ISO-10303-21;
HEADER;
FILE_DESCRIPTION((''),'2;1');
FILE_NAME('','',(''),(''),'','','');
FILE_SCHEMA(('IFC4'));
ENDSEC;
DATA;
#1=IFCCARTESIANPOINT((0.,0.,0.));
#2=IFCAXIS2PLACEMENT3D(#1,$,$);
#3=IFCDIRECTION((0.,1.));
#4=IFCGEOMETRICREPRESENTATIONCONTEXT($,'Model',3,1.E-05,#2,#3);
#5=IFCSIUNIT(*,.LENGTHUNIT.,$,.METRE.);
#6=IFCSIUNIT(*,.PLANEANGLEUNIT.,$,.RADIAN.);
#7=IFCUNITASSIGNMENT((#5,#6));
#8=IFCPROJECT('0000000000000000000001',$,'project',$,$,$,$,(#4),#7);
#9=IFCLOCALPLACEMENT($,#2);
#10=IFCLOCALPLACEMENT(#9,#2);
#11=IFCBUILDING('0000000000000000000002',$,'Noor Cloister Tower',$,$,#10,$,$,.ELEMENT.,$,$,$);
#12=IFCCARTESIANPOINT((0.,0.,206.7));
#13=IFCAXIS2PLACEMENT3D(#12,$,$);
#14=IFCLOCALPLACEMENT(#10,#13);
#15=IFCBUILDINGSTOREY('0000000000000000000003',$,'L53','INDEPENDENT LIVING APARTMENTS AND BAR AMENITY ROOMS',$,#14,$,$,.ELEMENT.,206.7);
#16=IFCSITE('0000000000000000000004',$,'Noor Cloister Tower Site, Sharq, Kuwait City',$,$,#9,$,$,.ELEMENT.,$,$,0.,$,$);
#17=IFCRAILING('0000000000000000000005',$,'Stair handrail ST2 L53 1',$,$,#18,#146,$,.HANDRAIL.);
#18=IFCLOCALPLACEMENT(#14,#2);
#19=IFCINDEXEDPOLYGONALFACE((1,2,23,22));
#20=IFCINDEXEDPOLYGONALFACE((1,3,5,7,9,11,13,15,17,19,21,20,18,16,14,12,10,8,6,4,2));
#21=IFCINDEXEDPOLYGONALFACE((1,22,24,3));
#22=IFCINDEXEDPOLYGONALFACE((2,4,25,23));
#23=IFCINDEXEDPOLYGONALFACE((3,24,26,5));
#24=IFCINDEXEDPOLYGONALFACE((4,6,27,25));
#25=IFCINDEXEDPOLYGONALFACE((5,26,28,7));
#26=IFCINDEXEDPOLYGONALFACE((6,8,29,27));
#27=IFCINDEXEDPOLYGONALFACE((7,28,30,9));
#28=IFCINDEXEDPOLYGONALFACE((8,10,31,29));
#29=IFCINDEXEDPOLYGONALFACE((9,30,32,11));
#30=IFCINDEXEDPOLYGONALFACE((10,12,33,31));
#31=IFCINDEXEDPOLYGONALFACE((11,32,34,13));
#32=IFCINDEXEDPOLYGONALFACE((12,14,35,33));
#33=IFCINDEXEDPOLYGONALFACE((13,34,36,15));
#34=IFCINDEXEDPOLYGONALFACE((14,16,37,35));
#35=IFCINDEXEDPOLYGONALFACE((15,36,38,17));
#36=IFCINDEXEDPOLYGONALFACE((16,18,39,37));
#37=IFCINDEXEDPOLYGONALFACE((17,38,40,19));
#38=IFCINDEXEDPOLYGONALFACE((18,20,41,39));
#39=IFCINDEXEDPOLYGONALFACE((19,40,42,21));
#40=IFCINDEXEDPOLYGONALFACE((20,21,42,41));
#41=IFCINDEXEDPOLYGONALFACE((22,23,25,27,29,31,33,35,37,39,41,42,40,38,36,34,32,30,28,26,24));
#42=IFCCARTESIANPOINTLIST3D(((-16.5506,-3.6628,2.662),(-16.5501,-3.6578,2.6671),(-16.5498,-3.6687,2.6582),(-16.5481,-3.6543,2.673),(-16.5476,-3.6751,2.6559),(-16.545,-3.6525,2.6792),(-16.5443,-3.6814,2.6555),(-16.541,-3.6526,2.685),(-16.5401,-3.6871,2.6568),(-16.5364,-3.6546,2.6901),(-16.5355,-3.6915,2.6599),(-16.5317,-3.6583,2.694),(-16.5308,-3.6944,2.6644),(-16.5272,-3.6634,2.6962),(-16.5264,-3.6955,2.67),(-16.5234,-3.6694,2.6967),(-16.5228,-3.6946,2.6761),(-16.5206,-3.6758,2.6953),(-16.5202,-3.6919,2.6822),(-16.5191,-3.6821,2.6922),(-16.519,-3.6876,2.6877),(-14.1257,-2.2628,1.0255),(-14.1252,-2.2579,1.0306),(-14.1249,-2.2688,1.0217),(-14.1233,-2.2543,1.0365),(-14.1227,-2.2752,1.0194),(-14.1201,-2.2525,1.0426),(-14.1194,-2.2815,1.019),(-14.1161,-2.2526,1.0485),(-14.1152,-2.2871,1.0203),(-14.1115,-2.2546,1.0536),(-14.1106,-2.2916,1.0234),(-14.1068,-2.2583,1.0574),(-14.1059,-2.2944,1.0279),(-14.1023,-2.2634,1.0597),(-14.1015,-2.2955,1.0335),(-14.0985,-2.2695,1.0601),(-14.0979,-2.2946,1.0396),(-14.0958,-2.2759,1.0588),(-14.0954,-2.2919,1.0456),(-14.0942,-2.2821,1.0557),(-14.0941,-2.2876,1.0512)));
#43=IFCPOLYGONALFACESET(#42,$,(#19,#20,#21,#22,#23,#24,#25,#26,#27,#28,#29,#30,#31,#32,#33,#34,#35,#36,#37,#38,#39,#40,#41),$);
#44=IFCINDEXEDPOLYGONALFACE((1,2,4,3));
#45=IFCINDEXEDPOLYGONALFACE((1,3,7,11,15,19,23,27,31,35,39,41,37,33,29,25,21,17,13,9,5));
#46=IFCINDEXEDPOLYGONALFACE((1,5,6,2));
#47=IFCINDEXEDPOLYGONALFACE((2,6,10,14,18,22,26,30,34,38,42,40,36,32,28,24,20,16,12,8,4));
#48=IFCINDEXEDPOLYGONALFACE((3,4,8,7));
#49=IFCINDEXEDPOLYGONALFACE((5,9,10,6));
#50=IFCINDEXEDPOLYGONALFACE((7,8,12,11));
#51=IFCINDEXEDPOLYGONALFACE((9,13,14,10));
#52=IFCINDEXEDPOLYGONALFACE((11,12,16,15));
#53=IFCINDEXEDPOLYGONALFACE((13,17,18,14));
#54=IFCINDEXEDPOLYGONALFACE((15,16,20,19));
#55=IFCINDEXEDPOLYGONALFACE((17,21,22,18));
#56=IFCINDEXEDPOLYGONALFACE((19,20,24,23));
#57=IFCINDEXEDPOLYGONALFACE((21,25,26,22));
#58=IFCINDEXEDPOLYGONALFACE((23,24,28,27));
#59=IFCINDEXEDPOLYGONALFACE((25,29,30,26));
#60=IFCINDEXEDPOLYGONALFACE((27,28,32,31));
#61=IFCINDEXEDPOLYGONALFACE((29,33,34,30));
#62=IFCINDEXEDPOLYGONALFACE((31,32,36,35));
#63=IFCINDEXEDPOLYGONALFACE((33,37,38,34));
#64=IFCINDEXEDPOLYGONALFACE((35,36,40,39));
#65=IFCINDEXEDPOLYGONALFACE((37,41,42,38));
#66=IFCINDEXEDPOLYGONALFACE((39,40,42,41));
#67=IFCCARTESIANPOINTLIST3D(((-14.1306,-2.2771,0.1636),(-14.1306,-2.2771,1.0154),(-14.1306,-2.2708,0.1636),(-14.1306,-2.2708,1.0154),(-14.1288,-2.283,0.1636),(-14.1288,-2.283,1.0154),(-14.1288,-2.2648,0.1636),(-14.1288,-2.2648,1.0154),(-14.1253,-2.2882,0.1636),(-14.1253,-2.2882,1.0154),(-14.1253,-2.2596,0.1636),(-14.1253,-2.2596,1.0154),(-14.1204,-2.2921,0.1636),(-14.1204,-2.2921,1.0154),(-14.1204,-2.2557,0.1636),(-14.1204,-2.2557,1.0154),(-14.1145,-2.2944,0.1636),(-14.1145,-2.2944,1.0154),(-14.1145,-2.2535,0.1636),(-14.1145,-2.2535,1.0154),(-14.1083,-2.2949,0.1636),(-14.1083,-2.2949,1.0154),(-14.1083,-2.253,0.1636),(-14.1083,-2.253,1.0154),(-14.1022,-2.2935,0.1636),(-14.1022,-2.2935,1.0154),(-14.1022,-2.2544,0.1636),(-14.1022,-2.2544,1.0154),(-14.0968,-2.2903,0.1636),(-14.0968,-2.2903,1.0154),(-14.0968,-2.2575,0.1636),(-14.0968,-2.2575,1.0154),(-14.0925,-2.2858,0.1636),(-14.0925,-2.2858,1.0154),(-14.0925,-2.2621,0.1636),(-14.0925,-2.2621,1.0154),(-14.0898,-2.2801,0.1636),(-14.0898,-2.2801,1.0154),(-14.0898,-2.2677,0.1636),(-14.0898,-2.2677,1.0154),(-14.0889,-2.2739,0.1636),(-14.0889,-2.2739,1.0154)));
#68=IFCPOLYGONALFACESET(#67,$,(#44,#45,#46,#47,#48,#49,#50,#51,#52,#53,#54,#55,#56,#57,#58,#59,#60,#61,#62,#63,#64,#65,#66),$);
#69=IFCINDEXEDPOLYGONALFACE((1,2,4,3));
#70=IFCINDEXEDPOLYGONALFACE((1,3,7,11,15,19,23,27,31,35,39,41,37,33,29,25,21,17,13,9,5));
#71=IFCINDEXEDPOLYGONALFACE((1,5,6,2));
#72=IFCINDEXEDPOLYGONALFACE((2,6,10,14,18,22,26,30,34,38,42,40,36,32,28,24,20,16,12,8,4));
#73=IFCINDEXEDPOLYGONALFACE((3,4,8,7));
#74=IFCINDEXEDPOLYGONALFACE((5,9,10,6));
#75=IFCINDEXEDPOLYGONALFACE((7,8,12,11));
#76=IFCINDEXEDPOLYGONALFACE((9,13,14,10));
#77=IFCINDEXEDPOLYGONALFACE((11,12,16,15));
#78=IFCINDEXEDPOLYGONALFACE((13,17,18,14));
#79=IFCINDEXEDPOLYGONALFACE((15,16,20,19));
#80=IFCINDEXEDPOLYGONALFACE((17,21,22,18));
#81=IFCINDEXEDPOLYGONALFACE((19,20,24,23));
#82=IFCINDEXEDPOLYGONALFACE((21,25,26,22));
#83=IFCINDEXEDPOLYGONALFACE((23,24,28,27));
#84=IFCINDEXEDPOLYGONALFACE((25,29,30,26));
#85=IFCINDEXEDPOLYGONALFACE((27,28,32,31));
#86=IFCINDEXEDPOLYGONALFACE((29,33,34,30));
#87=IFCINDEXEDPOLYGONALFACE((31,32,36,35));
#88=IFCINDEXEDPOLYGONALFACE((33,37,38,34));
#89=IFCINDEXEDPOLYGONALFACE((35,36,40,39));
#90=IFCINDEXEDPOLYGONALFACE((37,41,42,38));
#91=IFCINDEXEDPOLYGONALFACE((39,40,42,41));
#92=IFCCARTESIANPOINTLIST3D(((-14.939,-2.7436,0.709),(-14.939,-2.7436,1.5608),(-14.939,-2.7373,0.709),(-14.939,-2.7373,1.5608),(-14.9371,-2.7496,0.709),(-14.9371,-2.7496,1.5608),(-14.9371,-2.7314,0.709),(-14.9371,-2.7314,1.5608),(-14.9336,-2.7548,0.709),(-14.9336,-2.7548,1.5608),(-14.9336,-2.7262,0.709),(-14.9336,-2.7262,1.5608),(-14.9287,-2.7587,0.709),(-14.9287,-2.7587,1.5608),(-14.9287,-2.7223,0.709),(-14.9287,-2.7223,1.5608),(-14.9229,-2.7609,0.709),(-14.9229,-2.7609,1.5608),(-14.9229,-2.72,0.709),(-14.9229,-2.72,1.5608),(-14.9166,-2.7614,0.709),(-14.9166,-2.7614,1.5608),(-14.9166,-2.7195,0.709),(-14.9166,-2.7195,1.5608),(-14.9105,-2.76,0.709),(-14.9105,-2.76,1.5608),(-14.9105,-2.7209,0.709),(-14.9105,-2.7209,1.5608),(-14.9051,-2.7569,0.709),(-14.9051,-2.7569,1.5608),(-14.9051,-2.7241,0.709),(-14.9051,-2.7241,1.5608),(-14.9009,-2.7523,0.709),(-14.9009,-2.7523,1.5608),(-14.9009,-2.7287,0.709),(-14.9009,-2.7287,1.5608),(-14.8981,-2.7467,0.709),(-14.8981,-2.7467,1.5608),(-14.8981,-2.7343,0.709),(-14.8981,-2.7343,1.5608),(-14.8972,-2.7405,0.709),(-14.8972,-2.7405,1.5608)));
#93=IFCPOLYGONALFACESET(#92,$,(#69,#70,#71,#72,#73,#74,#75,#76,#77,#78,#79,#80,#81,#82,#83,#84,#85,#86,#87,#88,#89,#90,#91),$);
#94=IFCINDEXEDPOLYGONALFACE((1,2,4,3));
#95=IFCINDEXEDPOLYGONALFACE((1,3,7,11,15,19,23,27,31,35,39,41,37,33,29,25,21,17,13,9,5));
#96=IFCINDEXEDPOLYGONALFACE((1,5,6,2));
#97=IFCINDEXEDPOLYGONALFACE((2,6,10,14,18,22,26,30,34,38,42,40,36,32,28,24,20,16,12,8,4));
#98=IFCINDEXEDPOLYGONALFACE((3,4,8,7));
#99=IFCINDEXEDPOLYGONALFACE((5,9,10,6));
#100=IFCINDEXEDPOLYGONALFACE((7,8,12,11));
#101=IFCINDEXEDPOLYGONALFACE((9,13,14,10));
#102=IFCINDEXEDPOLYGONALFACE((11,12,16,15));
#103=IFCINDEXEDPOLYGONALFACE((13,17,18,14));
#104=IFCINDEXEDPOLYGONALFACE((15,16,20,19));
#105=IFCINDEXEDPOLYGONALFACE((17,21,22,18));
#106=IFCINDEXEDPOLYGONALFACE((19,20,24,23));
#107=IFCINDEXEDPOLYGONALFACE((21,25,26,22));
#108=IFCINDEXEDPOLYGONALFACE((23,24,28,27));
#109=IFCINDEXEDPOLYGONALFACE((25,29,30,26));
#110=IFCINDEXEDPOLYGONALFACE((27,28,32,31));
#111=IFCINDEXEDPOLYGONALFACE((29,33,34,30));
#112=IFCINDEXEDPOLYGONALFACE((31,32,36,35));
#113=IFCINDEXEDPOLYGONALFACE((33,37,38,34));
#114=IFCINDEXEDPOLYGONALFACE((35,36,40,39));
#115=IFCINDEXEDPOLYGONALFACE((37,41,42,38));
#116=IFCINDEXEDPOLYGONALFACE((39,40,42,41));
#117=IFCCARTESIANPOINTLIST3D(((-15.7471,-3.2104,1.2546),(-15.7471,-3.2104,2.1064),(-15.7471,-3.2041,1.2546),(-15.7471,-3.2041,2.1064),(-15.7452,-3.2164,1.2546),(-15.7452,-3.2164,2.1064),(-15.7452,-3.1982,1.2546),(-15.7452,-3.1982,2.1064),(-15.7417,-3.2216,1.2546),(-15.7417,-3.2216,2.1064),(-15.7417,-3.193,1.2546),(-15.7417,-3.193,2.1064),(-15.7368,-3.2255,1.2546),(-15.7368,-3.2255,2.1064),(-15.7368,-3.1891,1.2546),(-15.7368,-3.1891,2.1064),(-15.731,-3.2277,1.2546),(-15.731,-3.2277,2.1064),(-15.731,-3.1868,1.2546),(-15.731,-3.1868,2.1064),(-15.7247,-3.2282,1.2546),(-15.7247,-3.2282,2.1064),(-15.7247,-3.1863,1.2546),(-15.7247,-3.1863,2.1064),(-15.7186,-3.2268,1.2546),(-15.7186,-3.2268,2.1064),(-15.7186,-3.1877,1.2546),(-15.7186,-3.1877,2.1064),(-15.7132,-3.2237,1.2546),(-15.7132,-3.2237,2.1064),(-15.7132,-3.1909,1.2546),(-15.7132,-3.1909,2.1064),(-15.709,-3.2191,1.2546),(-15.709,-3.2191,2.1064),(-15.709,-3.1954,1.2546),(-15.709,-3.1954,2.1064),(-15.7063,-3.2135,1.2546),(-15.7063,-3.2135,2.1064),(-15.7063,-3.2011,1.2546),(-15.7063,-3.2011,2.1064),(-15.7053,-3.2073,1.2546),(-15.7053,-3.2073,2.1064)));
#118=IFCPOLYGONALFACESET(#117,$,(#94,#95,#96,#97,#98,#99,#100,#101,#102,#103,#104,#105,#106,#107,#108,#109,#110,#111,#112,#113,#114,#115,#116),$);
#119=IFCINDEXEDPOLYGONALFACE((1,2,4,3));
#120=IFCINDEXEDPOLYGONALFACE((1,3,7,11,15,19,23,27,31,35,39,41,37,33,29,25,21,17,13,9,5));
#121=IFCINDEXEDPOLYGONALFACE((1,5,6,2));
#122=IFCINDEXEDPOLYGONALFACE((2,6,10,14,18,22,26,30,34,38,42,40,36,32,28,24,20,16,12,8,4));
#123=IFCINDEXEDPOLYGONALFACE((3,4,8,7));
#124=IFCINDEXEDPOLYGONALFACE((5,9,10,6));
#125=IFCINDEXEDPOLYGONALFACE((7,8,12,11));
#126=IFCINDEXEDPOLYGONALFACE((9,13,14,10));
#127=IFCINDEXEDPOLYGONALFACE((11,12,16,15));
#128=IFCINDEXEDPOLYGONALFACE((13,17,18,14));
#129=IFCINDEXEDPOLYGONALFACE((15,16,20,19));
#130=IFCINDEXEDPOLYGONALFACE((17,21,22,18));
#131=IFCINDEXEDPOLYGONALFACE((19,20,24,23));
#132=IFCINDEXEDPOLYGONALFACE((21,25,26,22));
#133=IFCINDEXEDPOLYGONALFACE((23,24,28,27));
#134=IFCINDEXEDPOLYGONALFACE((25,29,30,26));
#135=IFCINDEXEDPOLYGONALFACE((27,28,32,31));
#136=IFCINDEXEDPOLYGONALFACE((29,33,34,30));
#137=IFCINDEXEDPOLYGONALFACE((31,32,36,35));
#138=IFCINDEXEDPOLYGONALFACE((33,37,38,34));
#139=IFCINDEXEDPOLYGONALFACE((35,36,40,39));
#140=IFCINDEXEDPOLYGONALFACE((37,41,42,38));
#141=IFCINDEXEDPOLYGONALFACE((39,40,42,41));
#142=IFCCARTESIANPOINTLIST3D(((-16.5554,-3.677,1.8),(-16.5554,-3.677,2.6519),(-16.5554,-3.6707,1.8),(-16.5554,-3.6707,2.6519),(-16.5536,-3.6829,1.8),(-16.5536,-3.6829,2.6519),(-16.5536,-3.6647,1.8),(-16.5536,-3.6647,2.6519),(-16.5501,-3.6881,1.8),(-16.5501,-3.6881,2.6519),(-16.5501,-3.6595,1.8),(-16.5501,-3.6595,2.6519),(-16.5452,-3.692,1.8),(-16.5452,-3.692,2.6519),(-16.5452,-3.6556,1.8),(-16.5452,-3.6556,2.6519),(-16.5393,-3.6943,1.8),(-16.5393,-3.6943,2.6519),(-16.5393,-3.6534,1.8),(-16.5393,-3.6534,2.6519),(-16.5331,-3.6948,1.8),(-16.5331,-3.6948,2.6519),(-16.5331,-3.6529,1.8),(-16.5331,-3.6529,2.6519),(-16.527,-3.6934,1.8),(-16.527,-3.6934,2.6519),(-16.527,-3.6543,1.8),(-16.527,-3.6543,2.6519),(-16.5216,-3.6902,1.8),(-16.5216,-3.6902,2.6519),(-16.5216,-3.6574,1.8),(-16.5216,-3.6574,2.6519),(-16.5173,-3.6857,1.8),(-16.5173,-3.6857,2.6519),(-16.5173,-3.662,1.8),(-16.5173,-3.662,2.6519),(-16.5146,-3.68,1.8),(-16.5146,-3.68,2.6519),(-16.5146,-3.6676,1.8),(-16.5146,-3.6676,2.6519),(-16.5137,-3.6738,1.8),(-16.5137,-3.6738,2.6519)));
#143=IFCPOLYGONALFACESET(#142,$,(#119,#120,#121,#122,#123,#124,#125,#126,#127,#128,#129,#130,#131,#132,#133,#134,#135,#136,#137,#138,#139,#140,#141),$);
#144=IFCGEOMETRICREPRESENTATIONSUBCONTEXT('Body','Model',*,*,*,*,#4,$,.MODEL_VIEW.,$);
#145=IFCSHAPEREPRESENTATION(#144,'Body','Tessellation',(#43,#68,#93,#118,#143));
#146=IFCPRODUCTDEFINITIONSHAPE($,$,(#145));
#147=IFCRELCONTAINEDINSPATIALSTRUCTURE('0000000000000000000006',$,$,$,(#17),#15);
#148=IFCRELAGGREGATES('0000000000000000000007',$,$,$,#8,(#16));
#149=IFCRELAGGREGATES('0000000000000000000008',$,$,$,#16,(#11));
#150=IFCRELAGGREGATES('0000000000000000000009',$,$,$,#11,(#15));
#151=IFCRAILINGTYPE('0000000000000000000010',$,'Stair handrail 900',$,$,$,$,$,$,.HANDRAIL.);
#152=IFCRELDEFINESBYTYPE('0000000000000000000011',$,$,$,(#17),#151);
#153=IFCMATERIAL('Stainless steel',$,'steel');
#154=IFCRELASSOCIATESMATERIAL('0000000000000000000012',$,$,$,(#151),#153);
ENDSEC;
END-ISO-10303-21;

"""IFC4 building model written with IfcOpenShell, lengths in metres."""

from ifc_helpers import new_model, si_unit, direction, frame, origin, origin_2d, place, context, subcontext, project, spatial, circle, extrude, material, type_object, element, save


model = new_model("IFC4")

# Units and contexts
model_context = context("Model", 3, precision=1e-05, world=origin(), true_north=direction((0.0, 1.0)))
body_context = subcontext(model_context, "Body", "Model", "MODEL_VIEW")
ifc_project = project(units=[si_unit("LENGTHUNIT", "METRE"), si_unit("PLANEANGLEUNIT", "RADIAN")], contexts=[model_context])

# Site, building, storey
site_placement = place(None, origin())
site = spatial("IfcSite", under=ifc_project, at=site_placement, Name="Noor Cloister Tower Site, Sharq, Kuwait City", CompositionType="ELEMENT", RefElevation=0.0)
building_placement = place(site_placement, origin())
building = spatial("IfcBuilding", under=site, at=building_placement, Name="Noor Cloister Tower", CompositionType="ELEMENT")
storey_placement = place(building_placement, frame((0.0, 0.0, 206.7)))
storey = spatial("IfcBuildingStorey", under=building, at=storey_placement, Name="L53", Description="INDEPENDENT LIVING APARTMENTS AND BAR AMENITY ROOMS", CompositionType="ELEMENT", Elevation=206.7)

# Railing
ifc_material_1 = material(Name="Stainless steel", Category="steel")
railing_type_1 = type_object("IfcRailingType", Name="Stair handrail 900", PredefinedType="HANDRAIL", material=ifc_material_1)
railing_1_placement = place(storey_placement, frame((-14.1099, -2.2739, 0.1636)))
element("IfcRailing", 1, at=railing_1_placement, inside=storey, type_object=railing_type_1, Name="Stair handrail ST2 L53 1", PredefinedType="HANDRAIL", context=body_context, shape_type="SweptSolid", body=[
    extrude(circle(Radius=0.0239, at=origin_2d()), frame((0.0, 0.0, 0.876), z_axis=(-0.74769, -0.431661, 0.504608), x_axis=(0.499984, -0.866035, 0.0)), (0.0, 0.0, 1.0), 3.2432),
    extrude(circle(Radius=0.021, at=origin_2d()), origin(), (0.0, 0.0, 1.0), 0.8518),
    extrude(circle(Radius=0.021, at=origin_2d()), frame((-0.8083, -0.4666, 0.5454)), (0.0, 0.0, 1.0), 0.8518),
    extrude(circle(Radius=0.021, at=origin_2d()), frame((-1.6165, -0.9333, 1.0911)), (0.0, 0.0, 1.0), 0.8518),
    extrude(circle(Radius=0.021, at=origin_2d()), frame((-2.4248, -1.3999, 1.6365)), (0.0, 0.0, 1.0), 0.8518),
])

save(model, "model.ifc")
